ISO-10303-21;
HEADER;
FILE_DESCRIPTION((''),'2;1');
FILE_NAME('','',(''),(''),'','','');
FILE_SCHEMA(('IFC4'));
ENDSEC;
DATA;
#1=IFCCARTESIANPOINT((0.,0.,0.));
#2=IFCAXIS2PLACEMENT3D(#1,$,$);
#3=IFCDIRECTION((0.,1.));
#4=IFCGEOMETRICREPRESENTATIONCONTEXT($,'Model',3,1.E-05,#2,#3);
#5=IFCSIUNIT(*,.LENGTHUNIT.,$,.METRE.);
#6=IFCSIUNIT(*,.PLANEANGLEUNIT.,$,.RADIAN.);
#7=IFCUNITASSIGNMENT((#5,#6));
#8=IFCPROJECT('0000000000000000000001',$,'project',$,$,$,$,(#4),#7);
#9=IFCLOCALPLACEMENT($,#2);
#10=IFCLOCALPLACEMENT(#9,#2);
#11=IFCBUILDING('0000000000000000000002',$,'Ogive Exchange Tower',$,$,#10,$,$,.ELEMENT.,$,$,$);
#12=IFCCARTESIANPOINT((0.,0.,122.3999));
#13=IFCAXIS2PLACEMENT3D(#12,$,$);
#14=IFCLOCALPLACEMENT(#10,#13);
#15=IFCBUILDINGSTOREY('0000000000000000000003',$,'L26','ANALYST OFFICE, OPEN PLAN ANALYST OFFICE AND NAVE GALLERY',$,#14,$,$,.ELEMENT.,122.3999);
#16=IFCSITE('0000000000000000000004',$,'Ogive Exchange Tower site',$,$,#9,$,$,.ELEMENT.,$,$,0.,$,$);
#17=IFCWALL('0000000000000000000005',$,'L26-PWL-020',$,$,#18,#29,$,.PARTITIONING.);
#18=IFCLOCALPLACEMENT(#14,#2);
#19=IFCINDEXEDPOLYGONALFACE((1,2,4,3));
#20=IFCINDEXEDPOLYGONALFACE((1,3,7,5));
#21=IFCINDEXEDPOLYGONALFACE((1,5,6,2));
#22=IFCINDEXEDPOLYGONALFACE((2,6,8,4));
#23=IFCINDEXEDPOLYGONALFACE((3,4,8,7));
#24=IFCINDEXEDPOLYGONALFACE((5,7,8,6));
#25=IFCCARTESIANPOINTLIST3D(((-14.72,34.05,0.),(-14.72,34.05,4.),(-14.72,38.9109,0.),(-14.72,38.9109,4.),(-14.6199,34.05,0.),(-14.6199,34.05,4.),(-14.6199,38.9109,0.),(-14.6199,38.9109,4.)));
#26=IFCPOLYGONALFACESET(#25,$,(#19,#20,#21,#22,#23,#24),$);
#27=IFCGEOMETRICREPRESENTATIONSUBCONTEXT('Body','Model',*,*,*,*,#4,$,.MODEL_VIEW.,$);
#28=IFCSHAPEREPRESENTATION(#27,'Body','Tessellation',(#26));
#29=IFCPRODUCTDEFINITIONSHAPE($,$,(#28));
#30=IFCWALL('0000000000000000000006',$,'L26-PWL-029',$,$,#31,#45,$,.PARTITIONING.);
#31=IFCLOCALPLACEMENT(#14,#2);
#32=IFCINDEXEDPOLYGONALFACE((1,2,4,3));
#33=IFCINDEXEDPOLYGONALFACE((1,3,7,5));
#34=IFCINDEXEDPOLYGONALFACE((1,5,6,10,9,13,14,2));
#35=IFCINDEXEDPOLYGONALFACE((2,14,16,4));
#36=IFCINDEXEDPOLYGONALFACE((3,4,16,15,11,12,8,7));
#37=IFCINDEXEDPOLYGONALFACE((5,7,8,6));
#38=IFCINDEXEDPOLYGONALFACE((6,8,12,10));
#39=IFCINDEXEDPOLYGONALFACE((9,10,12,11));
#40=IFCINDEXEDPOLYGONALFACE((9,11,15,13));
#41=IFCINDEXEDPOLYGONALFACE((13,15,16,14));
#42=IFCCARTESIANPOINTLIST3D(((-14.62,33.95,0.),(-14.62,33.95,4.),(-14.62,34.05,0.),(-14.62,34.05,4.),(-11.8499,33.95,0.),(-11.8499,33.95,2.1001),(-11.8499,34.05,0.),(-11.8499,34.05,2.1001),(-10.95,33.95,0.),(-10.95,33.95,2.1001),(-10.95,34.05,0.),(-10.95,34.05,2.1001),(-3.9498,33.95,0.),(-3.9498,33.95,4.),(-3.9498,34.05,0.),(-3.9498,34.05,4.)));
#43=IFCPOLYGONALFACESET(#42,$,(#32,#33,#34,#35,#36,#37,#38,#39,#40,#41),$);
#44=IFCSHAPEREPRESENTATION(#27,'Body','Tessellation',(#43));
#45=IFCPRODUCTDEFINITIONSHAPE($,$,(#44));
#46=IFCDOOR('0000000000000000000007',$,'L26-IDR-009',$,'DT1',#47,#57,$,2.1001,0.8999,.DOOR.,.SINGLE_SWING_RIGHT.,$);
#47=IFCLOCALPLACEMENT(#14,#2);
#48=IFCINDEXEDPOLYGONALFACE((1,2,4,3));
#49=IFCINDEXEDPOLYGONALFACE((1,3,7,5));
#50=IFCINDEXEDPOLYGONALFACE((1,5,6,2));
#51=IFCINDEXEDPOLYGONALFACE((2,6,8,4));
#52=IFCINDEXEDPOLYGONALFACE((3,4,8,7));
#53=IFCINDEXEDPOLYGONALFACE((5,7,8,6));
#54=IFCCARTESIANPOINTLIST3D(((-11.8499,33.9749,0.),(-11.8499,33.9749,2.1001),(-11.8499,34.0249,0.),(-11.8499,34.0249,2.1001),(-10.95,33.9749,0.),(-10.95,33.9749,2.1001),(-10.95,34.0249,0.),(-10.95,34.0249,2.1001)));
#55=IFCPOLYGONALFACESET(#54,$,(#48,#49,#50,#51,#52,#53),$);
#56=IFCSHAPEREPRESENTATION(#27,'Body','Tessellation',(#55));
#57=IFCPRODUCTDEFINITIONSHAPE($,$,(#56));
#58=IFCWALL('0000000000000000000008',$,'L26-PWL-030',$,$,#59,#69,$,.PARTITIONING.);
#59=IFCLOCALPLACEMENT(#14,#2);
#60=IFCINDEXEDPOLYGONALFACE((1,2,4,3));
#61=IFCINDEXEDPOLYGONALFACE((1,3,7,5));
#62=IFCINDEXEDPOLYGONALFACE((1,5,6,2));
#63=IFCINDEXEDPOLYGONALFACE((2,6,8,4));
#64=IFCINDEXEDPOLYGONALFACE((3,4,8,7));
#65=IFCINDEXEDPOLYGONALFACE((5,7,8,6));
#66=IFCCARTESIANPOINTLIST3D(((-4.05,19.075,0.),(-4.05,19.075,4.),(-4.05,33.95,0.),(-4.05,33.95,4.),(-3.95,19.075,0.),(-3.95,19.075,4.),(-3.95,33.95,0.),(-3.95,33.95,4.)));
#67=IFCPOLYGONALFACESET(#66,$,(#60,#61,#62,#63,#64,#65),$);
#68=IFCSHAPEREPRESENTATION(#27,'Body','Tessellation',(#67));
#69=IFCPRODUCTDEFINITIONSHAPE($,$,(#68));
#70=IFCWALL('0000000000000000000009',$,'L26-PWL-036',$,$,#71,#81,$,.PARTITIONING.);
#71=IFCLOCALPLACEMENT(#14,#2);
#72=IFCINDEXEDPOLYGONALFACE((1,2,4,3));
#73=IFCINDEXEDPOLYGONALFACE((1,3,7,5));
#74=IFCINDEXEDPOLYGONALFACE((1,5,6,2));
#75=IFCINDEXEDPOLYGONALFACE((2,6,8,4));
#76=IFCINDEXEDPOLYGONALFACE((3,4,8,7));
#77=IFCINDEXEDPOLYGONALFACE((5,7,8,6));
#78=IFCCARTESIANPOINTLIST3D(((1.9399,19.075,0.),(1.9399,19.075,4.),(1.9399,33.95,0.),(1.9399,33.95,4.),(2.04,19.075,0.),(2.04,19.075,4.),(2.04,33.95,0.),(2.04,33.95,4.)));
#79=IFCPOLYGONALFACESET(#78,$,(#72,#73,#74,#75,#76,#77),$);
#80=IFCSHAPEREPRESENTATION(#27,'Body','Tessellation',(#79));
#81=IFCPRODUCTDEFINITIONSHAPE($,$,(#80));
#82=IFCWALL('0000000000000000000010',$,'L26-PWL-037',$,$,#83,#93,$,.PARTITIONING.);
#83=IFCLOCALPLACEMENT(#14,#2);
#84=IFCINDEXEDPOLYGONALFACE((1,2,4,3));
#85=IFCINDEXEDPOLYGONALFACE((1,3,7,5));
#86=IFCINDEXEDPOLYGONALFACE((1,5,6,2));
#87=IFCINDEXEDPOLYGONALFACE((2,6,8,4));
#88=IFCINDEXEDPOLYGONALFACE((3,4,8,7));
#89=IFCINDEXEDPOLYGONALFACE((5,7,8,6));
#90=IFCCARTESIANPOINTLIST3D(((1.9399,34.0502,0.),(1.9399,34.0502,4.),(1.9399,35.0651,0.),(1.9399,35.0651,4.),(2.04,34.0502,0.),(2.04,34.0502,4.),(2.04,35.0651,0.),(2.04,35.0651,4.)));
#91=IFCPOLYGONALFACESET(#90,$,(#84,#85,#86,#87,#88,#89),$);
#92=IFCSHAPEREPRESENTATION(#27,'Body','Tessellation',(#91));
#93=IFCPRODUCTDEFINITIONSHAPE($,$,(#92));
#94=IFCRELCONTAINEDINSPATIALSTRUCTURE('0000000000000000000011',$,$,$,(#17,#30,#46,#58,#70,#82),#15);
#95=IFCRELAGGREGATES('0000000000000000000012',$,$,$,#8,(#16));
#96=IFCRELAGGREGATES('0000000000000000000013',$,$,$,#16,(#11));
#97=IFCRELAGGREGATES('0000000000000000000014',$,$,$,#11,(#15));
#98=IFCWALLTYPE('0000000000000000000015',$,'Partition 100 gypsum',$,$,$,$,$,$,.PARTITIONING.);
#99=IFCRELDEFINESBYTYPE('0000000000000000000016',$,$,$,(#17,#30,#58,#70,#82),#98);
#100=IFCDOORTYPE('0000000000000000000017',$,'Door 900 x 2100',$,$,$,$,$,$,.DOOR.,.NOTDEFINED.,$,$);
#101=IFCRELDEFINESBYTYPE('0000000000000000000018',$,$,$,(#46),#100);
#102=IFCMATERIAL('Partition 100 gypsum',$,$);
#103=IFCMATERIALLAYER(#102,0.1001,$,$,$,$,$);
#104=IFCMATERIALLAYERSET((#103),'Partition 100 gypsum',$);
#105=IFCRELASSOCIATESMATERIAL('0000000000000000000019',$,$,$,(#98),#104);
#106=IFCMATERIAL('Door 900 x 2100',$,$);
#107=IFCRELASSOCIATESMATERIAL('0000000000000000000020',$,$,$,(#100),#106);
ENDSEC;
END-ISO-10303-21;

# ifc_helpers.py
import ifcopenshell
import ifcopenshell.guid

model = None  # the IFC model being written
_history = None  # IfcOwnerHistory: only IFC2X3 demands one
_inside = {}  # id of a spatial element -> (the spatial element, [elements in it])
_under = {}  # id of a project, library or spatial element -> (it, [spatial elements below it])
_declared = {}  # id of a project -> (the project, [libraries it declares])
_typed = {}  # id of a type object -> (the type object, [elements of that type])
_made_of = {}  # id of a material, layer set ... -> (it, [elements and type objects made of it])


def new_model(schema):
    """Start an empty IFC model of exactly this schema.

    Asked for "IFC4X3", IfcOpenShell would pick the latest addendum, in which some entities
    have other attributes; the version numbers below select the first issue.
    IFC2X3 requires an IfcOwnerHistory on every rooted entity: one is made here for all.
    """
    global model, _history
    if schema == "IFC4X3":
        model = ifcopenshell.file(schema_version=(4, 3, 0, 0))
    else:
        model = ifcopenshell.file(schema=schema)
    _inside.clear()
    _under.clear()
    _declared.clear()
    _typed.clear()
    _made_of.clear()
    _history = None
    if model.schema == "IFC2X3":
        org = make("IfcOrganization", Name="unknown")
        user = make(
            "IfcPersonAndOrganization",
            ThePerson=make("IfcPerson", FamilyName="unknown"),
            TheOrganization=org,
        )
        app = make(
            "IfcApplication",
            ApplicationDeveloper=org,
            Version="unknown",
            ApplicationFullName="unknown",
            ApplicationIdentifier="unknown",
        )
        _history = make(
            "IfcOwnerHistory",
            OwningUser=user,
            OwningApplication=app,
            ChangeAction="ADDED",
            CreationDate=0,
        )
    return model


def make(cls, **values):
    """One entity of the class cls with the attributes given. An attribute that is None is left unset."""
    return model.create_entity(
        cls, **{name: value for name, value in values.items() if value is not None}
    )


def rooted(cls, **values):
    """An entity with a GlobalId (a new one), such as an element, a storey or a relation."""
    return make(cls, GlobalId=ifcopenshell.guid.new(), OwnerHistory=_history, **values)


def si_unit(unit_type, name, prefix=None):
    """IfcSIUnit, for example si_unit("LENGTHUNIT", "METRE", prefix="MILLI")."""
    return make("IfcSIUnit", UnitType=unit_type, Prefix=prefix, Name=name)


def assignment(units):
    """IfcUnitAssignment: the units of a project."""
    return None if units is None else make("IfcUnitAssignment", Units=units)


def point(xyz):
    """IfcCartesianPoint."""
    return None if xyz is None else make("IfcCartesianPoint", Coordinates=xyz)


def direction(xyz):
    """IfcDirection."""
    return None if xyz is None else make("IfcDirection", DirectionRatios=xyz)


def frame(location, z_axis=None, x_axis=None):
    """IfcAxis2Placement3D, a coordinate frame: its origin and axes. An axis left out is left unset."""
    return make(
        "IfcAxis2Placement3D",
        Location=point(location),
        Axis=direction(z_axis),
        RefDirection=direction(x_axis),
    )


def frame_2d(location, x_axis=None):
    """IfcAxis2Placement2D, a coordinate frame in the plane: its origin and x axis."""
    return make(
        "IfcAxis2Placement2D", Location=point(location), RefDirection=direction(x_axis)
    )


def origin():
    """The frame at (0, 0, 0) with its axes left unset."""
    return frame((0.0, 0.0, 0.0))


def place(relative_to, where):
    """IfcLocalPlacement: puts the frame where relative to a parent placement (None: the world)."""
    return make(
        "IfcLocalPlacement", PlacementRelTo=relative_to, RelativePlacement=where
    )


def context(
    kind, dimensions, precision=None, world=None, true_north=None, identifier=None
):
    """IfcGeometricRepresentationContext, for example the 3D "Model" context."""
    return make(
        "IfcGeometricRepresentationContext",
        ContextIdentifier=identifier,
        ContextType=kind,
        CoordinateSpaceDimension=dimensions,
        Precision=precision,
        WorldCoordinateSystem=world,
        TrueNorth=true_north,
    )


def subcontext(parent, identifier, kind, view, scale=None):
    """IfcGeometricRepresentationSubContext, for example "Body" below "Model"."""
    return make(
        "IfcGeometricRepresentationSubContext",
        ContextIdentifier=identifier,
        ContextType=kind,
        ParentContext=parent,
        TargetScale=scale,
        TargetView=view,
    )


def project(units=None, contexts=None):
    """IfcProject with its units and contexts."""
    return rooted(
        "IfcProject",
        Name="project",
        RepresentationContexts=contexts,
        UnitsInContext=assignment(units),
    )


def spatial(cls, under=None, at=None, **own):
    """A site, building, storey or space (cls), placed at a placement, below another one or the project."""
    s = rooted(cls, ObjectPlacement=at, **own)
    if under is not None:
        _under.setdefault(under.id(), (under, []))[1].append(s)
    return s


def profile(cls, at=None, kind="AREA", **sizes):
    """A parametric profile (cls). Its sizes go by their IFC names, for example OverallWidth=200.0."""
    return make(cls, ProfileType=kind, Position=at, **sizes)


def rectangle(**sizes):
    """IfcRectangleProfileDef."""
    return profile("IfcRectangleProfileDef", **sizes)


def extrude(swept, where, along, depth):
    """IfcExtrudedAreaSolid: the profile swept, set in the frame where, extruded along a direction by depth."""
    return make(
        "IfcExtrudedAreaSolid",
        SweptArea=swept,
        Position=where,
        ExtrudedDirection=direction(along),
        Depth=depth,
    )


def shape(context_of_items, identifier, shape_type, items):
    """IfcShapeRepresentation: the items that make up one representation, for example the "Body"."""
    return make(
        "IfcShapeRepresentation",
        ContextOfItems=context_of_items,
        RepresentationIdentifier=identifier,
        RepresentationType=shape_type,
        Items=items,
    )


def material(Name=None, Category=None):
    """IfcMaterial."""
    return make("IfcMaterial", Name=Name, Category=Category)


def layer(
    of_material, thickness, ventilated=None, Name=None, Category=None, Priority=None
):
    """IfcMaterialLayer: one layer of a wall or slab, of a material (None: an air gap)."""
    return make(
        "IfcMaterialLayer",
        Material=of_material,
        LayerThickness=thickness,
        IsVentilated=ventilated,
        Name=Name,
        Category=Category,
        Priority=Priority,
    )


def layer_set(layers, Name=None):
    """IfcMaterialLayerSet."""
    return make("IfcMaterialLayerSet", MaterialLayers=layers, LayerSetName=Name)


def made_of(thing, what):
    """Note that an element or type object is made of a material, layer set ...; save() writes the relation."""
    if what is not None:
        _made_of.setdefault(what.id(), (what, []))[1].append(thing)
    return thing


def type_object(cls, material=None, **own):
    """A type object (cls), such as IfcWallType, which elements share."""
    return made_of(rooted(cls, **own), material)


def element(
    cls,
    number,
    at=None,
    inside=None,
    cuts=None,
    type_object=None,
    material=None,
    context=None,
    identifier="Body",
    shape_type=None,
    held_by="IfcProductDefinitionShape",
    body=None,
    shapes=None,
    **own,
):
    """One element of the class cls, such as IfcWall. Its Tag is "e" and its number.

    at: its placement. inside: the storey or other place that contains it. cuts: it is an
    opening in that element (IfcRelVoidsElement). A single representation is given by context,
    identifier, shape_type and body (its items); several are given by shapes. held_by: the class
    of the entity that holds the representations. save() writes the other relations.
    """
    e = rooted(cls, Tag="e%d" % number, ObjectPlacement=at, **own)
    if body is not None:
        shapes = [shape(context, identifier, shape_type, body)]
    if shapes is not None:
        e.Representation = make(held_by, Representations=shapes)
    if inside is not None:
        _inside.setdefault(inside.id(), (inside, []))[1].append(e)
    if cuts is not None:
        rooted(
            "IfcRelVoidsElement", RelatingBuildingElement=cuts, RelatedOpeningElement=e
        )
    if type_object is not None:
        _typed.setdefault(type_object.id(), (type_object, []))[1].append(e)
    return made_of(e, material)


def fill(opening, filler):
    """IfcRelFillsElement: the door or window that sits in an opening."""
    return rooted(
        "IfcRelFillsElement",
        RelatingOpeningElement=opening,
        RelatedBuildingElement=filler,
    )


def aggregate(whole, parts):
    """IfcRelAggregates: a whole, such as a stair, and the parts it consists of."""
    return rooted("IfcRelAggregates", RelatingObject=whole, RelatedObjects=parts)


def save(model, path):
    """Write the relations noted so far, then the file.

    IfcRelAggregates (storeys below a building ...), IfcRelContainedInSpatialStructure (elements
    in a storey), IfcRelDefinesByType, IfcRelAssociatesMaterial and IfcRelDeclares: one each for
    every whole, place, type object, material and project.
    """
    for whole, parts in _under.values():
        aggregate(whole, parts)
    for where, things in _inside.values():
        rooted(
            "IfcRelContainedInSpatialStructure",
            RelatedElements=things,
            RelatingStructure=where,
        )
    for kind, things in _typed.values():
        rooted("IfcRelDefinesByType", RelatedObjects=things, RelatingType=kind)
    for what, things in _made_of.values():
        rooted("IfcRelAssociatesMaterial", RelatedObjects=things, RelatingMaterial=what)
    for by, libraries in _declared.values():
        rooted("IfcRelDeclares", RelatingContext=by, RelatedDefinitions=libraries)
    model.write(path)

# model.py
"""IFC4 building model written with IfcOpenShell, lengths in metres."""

from ifc_helpers import new_model, si_unit, direction, frame, frame_2d, origin, place, context, subcontext, project, spatial, rectangle, extrude, material, layer, layer_set, type_object, element, fill, save


model = new_model("IFC4")

# Units and contexts
model_context = context("Model", 3, precision=1e-05, world=origin(), true_north=direction((0.0, 1.0)))
body_context = subcontext(model_context, "Body", "Model", "MODEL_VIEW")
ifc_project = project(units=[si_unit("LENGTHUNIT", "METRE"), si_unit("PLANEANGLEUNIT", "RADIAN")], contexts=[model_context])

# Site, building, storey
site_placement = place(None, origin())
site = spatial("IfcSite", under=ifc_project, at=site_placement, Name="Ogive Exchange Tower site", CompositionType="ELEMENT", RefElevation=0.0)
building_placement = place(site_placement, origin())
building = spatial("IfcBuilding", under=site, at=building_placement, Name="Ogive Exchange Tower", CompositionType="ELEMENT")
storey_placement = place(building_placement, frame((0.0, 0.0, 122.3999)))
storey = spatial("IfcBuildingStorey", under=building, at=storey_placement, Name="L26", Description="ANALYST OFFICE, OPEN PLAN ANALYST OFFICE AND NAVE GALLERY", CompositionType="ELEMENT", Elevation=122.3999)

# Wall
ifc_material_1 = material(Name="Partition 100 gypsum")
ifc_layer_1 = layer(ifc_material_1, 0.1001)
ifc_layer_set_1 = layer_set([ifc_layer_1], Name="Partition 100 gypsum")
wall_type_1 = type_object("IfcWallType", Name="Partition 100 gypsum", PredefinedType="PARTITIONING", material=ifc_layer_set_1)
wall_1_placement = place(storey_placement, frame((-14.6699, 34.05, 0.0), z_axis=(0.0, 0.0, 1.0), x_axis=(0.0, 1.0, 0.0)))
element("IfcWall", 1, at=wall_1_placement, inside=storey, type_object=wall_type_1, Name="L26-PWL-020", PredefinedType="PARTITIONING", context=body_context, shape_type="SweptSolid", body=[
    extrude(rectangle(XDim=4.8608, YDim=0.1001, at=frame_2d((2.4304, 0.0))), origin(), (0.0, 0.0, 1.0), 4.0),
])

# Wall, opening, door
wall_2_placement = place(storey_placement, frame((-3.95, 34.0, 0.0), z_axis=(0.0, 0.0, 1.0), x_axis=(-1.0, 0.0, 0.0)))
wall_2 = element("IfcWall", 2, at=wall_2_placement, inside=storey, type_object=wall_type_1, Name="L26-PWL-029", PredefinedType="PARTITIONING", context=body_context, shape_type="SweptSolid", body=[
    extrude(rectangle(XDim=10.6702, YDim=0.1001, at=frame_2d((5.335, 0.0))), origin(), (0.0, 0.0, 1.0), 4.0),
])
opening_1_placement = place(wall_2_placement, frame((7.0, 0.0, 0.0)))
opening_1 = element("IfcOpeningElement", 3, at=opening_1_placement, cuts=wall_2, PredefinedType="OPENING", context=body_context, shape_type="SweptSolid", body=[
    extrude(rectangle(XDim=0.8999, YDim=2.1001, at=frame_2d((0.45, 1.05))), frame((0.0, 0.0601, 0.0), z_axis=(0.0, -1.0, 0.0), x_axis=(1.0, 0.0, 0.0)), (0.0, 0.0, 1.0), 0.1201),
])
ifc_material_2 = material(Name="Door 900 x 2100")
door_type_1 = type_object("IfcDoorType", Name="Door 900 x 2100", OperationType="NOTDEFINED", PredefinedType="DOOR", material=ifc_material_2)
door_1_placement = place(opening_1_placement, frame((0.8999, 0.0, 0.0), z_axis=(0.0, 0.0, 1.0), x_axis=(-1.0, 0.0, 0.0)))
door_1 = element("IfcDoor", 4, at=door_1_placement, inside=storey, type_object=door_type_1, Name="L26-IDR-009", ObjectType="DT1", OperationType="SINGLE_SWING_RIGHT", OverallHeight=2.1001, OverallWidth=0.8999, PredefinedType="DOOR", context=body_context, shape_type="SweptSolid", body=[
    extrude(rectangle(XDim=0.8999, YDim=2.1001, at=frame_2d((0.45, 1.05))), frame((0.0, 0.0249, 0.0), z_axis=(0.0, -1.0, 0.0), x_axis=(1.0, 0.0, 0.0)), (0.0, 0.0, 1.0), 0.05),
])
fill(opening_1, door_1)

# Walls
for number, where, z_axis, x_axis, name in (
    (5, (-4.0, 33.95, 0.0), (0.0, 0.0, 1.0), (0.0, -1.0, 0.0), "L26-PWL-030"),
    (6, (1.99, 33.95, 0.0), (0.0, 0.0, 1.0), (0.0, -1.0, 0.0), "L26-PWL-036"),
):
    element("IfcWall", number, at=place(storey_placement, frame(where, z_axis=z_axis, x_axis=x_axis)), inside=storey, type_object=wall_type_1, Name=name, PredefinedType="PARTITIONING", context=body_context, shape_type="SweptSolid", body=[
        extrude(rectangle(XDim=14.875, YDim=0.1001, at=frame_2d((7.4375, 0.0))), origin(), (0.0, 0.0, 1.0), 4.0),
    ])
wall_3_placement = place(storey_placement, frame((1.99, 35.0649, 0.0), z_axis=(0.0, 0.0, 1.0), x_axis=(0.0, -1.0, 0.0)))
element("IfcWall", 7, at=wall_3_placement, inside=storey, type_object=wall_type_1, Name="L26-PWL-037", PredefinedType="PARTITIONING", context=body_context, shape_type="SweptSolid", body=[
    extrude(rectangle(XDim=1.0149, YDim=0.1001, at=frame_2d((0.5073, 0.0))), origin(), (0.0, 0.0, 1.0), 4.0),
])

save(model, "model.ifc")
